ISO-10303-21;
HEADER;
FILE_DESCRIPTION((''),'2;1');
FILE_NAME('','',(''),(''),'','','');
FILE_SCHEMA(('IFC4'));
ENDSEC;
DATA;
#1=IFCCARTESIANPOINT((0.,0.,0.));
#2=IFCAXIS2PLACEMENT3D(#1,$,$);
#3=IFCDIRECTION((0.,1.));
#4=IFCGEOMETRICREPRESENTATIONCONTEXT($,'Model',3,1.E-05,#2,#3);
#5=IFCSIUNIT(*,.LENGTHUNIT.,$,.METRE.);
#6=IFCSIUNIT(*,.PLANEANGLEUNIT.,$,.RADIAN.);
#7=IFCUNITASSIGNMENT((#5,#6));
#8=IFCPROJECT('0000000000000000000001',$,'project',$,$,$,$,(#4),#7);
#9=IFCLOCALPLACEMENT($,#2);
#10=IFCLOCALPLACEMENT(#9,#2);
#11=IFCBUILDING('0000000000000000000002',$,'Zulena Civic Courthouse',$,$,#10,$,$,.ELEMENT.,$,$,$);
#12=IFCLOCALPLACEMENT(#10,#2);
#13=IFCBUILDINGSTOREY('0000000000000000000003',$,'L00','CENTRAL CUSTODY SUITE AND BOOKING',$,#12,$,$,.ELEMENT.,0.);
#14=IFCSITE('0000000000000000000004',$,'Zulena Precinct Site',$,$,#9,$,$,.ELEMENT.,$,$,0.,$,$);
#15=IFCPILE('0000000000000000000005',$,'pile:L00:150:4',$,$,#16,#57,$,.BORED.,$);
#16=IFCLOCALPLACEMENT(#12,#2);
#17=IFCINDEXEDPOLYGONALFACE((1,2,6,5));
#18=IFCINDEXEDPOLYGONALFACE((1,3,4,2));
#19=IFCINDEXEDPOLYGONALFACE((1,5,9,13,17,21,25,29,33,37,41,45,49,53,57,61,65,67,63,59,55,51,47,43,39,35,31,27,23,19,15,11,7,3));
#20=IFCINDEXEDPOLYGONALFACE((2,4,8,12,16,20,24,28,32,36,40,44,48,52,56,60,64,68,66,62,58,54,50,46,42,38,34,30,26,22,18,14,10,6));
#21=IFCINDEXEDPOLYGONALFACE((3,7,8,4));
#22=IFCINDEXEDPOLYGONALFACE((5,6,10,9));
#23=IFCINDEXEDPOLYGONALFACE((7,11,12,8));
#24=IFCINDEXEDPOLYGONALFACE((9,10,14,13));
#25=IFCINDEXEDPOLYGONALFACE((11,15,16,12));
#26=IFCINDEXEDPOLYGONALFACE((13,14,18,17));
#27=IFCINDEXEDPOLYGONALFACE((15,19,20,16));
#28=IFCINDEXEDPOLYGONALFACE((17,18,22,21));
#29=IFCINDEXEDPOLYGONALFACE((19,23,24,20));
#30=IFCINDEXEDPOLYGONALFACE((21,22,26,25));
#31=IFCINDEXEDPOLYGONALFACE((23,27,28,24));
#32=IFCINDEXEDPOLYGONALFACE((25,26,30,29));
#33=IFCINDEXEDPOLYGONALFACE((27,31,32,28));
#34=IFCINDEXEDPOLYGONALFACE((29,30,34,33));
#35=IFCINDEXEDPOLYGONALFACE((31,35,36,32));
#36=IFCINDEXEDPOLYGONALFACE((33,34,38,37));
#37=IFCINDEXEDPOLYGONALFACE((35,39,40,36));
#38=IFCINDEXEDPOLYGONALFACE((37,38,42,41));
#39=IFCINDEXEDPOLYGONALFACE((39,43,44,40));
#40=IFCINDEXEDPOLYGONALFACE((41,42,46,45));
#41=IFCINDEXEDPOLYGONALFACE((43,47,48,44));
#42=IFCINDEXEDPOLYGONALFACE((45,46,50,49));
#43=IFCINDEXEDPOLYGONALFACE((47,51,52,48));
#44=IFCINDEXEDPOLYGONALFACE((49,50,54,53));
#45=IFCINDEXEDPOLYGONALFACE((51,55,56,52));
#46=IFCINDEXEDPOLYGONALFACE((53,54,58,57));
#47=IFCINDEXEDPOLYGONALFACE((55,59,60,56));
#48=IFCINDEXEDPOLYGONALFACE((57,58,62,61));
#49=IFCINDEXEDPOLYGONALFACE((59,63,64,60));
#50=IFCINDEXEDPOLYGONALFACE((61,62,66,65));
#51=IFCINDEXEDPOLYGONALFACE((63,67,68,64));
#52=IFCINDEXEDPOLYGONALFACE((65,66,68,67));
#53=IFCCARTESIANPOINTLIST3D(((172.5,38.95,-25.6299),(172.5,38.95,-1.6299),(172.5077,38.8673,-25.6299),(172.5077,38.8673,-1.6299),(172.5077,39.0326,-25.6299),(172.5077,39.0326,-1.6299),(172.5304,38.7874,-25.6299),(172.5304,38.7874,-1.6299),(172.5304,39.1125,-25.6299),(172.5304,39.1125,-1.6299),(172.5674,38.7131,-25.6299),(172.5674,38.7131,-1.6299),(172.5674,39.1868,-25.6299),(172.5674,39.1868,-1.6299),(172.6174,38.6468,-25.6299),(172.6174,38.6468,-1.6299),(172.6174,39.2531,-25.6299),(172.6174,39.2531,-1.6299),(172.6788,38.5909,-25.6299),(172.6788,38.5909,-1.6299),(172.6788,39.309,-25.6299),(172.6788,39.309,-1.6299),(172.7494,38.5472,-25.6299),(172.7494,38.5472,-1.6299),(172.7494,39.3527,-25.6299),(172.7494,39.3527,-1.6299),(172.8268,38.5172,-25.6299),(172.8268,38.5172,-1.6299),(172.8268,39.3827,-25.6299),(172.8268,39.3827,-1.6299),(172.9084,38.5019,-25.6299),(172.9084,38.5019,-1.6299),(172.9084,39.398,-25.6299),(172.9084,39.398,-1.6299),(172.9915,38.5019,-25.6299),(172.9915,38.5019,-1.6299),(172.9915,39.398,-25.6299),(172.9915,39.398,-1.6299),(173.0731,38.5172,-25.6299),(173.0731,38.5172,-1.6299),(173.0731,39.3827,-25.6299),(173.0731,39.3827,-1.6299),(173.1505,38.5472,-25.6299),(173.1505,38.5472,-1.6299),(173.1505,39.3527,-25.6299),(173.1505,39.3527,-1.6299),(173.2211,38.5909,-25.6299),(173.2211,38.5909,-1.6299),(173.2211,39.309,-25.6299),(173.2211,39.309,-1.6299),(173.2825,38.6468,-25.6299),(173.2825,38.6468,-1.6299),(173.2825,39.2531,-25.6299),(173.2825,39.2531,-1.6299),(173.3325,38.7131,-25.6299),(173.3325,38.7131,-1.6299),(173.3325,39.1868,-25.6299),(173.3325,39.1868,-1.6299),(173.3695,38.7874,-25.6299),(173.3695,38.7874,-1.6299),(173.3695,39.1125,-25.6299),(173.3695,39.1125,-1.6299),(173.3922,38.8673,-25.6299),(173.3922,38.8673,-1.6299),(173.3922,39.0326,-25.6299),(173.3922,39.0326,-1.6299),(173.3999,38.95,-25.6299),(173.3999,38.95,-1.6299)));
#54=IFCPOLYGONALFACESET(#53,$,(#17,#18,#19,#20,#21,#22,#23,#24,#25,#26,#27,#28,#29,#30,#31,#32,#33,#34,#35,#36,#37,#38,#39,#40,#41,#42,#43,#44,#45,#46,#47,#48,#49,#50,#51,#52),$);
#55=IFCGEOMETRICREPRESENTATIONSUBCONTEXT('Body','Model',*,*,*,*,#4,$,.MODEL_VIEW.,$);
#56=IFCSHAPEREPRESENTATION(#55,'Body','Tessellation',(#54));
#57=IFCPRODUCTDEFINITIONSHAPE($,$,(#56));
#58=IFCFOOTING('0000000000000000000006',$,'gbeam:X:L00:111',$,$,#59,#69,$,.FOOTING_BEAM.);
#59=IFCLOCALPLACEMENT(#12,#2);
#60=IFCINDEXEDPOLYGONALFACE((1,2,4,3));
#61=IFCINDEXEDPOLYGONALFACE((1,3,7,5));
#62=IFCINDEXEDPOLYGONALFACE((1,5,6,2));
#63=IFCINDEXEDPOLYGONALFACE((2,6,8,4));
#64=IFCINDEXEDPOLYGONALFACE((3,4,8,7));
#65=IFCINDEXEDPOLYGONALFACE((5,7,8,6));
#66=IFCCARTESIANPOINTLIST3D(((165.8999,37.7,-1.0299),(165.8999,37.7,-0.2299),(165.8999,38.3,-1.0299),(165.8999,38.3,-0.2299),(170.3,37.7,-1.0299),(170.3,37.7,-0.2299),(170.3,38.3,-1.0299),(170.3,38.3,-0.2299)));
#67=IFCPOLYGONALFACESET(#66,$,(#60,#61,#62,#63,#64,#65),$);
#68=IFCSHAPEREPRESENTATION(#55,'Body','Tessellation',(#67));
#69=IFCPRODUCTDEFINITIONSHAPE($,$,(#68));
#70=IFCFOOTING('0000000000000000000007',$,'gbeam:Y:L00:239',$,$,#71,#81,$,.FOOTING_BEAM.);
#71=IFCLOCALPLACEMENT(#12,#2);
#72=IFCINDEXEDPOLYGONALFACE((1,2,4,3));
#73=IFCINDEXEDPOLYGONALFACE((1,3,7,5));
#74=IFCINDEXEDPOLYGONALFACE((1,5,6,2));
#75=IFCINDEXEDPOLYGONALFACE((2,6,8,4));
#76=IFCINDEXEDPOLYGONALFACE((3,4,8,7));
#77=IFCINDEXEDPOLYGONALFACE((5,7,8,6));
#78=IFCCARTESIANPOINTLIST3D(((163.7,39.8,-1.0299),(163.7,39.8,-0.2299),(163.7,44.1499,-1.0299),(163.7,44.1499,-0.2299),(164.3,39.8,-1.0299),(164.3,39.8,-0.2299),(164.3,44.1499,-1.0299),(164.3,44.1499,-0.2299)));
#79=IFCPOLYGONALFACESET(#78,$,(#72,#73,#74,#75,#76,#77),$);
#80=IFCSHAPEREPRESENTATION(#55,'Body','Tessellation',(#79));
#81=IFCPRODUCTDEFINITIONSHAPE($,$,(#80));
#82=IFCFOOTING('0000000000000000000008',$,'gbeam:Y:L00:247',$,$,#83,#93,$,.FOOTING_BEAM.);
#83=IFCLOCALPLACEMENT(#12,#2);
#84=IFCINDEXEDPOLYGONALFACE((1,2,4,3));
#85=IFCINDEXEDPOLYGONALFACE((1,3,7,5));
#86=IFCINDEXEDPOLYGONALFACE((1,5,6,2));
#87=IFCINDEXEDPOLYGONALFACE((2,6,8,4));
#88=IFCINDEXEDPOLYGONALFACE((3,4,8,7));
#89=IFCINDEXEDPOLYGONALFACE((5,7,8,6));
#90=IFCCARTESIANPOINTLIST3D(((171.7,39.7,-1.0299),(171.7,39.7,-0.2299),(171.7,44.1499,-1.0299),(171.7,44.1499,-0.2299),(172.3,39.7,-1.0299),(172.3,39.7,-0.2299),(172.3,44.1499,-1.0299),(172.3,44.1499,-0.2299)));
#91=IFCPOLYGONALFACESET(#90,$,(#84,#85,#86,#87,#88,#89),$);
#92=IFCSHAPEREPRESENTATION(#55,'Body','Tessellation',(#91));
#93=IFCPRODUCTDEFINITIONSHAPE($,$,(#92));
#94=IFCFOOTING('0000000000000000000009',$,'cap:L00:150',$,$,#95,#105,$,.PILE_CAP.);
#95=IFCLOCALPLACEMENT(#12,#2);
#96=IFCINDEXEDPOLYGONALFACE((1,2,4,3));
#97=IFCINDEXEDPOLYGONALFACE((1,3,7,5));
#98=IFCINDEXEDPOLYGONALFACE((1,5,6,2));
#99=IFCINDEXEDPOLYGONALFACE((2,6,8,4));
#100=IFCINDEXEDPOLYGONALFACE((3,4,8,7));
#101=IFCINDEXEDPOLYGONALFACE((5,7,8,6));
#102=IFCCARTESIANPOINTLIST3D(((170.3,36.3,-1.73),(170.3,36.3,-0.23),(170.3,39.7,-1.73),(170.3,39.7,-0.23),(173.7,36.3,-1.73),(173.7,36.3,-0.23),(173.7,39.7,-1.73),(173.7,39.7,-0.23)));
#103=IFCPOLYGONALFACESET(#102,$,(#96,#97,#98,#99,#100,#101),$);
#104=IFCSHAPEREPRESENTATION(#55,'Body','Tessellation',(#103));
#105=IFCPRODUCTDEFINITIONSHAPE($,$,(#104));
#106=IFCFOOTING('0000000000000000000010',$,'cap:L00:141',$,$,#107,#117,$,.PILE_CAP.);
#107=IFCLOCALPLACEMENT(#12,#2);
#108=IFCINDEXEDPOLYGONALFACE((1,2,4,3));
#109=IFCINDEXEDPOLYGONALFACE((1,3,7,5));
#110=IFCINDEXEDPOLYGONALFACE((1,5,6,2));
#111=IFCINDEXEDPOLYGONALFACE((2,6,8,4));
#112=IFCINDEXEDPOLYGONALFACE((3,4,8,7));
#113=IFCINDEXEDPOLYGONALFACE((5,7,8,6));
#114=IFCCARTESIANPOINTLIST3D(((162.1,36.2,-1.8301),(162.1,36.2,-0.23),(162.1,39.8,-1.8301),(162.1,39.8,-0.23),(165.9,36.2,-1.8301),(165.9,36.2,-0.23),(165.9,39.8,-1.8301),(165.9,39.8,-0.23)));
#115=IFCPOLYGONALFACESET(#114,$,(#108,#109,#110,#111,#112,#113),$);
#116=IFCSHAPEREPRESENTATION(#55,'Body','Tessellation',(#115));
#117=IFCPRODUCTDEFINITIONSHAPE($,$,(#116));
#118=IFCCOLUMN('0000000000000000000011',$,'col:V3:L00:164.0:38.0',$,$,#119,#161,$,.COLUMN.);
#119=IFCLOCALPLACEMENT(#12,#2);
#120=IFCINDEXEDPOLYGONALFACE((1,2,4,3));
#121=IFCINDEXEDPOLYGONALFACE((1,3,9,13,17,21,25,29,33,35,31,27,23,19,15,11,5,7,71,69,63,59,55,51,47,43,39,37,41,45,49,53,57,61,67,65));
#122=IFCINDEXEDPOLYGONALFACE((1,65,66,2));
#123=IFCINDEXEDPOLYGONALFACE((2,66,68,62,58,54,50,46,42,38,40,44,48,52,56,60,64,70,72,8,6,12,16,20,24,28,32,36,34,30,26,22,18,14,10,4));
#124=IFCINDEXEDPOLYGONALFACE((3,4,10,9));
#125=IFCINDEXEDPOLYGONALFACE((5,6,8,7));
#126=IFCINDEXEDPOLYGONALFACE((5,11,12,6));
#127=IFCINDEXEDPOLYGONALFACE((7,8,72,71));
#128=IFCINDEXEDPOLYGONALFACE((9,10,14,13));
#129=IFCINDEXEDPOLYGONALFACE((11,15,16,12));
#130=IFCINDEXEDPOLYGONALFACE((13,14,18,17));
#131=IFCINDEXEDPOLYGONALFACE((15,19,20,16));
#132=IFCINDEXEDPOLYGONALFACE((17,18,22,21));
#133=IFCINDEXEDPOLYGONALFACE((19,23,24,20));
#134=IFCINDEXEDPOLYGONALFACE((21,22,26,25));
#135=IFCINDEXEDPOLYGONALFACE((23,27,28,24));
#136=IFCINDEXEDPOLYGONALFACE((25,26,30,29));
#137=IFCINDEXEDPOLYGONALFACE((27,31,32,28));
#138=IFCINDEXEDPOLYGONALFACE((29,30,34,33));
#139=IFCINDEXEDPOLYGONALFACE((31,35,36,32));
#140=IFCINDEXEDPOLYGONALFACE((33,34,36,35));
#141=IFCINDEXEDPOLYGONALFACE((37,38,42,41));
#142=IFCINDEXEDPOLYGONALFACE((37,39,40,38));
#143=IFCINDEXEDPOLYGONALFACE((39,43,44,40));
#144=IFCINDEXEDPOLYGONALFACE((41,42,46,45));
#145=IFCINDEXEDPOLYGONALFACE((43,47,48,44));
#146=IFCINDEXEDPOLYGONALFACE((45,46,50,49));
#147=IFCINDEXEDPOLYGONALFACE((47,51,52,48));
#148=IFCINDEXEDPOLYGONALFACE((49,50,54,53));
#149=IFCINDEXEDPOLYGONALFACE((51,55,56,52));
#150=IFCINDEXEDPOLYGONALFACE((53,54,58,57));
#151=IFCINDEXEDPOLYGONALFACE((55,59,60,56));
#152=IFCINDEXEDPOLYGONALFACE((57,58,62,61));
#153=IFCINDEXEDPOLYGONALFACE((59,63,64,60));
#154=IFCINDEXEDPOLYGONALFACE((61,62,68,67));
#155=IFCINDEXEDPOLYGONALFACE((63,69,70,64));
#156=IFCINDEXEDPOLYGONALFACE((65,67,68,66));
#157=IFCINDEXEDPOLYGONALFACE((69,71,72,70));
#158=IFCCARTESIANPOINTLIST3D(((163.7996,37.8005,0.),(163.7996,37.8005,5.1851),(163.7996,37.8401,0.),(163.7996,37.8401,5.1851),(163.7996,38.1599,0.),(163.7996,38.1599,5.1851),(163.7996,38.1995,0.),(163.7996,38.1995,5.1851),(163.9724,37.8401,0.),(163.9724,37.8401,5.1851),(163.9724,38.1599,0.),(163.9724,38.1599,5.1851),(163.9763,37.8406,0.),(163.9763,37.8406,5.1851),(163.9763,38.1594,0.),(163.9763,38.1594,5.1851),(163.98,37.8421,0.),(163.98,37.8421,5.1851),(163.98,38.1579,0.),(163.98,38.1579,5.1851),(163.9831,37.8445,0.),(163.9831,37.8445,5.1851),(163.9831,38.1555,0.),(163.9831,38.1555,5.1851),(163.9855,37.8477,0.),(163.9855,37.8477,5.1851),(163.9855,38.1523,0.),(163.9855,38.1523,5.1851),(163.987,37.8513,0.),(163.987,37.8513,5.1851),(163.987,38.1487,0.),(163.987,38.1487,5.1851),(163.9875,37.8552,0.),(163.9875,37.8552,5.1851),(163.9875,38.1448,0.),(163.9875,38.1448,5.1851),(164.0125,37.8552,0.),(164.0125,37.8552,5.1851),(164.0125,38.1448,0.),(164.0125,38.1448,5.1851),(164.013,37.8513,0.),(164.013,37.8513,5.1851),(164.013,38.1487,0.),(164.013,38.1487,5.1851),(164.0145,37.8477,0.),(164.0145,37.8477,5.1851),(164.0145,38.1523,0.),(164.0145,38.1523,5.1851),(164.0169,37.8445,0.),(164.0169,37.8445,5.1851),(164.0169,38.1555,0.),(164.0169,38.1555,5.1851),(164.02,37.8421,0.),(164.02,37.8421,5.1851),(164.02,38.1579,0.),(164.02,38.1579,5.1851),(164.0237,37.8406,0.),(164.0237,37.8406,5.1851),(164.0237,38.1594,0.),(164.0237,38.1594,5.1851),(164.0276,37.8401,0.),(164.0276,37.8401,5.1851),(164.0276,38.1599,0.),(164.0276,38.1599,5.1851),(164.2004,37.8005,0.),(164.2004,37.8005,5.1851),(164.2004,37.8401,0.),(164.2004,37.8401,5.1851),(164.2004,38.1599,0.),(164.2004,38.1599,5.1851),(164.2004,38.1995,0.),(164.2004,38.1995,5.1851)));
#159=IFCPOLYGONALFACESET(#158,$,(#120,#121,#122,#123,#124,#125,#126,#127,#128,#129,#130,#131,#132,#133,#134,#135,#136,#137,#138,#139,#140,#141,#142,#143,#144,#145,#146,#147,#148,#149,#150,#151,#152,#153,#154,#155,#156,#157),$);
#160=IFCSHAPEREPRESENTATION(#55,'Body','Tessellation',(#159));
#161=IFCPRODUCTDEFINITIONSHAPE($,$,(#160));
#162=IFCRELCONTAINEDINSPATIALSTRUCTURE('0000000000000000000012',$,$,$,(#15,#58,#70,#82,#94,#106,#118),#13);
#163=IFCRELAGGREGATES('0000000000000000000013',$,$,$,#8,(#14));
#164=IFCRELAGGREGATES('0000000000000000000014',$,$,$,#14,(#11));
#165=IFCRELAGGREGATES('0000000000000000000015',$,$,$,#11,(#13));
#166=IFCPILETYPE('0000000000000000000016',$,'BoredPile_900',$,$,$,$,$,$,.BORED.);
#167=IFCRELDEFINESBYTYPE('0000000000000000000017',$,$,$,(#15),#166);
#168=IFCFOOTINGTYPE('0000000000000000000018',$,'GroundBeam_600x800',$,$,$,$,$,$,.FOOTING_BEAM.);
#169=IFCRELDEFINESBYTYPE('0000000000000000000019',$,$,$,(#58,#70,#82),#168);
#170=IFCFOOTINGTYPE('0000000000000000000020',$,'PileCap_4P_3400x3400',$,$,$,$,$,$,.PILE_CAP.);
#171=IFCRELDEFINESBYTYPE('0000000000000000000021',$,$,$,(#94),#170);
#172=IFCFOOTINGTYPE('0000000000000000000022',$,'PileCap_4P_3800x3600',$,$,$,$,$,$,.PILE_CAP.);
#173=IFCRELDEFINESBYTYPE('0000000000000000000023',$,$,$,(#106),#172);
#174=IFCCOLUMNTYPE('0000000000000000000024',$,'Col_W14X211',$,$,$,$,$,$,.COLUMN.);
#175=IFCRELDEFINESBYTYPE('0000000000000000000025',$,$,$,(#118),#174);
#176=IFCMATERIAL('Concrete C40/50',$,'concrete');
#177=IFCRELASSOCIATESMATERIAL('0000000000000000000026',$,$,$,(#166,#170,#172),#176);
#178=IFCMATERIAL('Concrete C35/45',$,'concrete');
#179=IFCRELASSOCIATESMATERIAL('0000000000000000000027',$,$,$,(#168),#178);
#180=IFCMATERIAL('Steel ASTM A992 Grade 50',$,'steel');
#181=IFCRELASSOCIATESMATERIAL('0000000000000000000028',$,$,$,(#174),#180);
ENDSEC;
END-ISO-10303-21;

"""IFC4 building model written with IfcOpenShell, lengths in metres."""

from ifc_helpers import new_model, si_unit, direction, frame, origin, origin_2d, place, context, subcontext, project, spatial, rectangle, circle, i_section, extrude, material, material_profile, profile_set, type_object, element, save


model = new_model("IFC4")

# Units and contexts
model_context = context("Model", 3, precision=1e-05, world=origin(), true_north=direction((0.0, 1.0)))
body_context = subcontext(model_context, "Body", "Model", "MODEL_VIEW")
ifc_project = project(units=[si_unit("LENGTHUNIT", "METRE"), si_unit("PLANEANGLEUNIT", "RADIAN")], contexts=[model_context])

# Site, building, storey
site_placement = place(None, origin())
site = spatial("IfcSite", under=ifc_project, at=site_placement, Name="Zulena Precinct Site", CompositionType="ELEMENT", RefElevation=0.0)
building_placement = place(site_placement, origin())
building = spatial("IfcBuilding", under=site, at=building_placement, Name="Zulena Civic Courthouse", CompositionType="ELEMENT")
storey_placement = place(building_placement, origin())
storey = spatial("IfcBuildingStorey", under=building, at=storey_placement, Name="L00", Description="CENTRAL CUSTODY SUITE AND BOOKING", CompositionType="ELEMENT", Elevation=0.0)

# Pile
ifc_material_1 = material(Name="Concrete C40/50", Category="concrete")
ifc_material_profile_1 = material_profile(ifc_material_1, circle(Radius=0.45, at=origin_2d()), Name="PILE900")
ifc_profile_set_1 = profile_set([ifc_material_profile_1], Name="Concrete C40/50")
pile_type = type_object("IfcPileType", Name="BoredPile_900", PredefinedType="BORED", material=ifc_profile_set_1)
for number, where, z_axis, x_axis, name in (
    (1, (172.95, 38.95, -1.6299), (0.0, 0.0, -1.0), (1.0, 0.0, 0.0), "pile:L00:150:4"),
):
    element("IfcPile", number, at=place(storey_placement, frame(where, z_axis=z_axis, x_axis=x_axis)), inside=storey, type_object=pile_type, Name=name, PredefinedType="BORED", context=body_context, shape_type="SweptSolid", body=[
        extrude(circle(Radius=0.45, at=origin_2d()), origin(), (0.0, 0.0, 1.0), 24.0),
    ])

# Footings
ifc_material_2 = material(Name="Concrete C35/45", Category="concrete")
ifc_material_profile_2 = material_profile(ifc_material_2, rectangle(XDim=0.6001, YDim=0.8, at=origin_2d()), Name="RC600X800")
ifc_profile_set_2 = profile_set([ifc_material_profile_2], Name="Concrete C35/45")
footing_type_1 = type_object("IfcFootingType", Name="GroundBeam_600x800", PredefinedType="FOOTING_BEAM", material=ifc_profile_set_2)
footing_1_placement = place(storey_placement, frame((165.8999, 38.0, -0.6299), z_axis=(1.0, 0.0, 0.0), x_axis=(0.0, 1.0, 0.0)))
element("IfcFooting", 2, at=footing_1_placement, inside=storey, type_object=footing_type_1, Name="gbeam:X:L00:111", PredefinedType="FOOTING_BEAM", context=body_context, shape_type="SweptSolid", body=[
    extrude(rectangle(XDim=0.6001, YDim=0.8, at=origin_2d()), origin(), (0.0, 0.0, 1.0), 4.4001),
])
footing_2_placement = place(storey_placement, frame((164.0, 39.8, -0.6299), z_axis=(0.0, 1.0, 0.0), x_axis=(-1.0, 0.0, 0.0)))
element("IfcFooting", 3, at=footing_2_placement, inside=storey, type_object=footing_type_1, Name="gbeam:Y:L00:239", PredefinedType="FOOTING_BEAM", context=body_context, shape_type="SweptSolid", body=[
    extrude(rectangle(XDim=0.6001, YDim=0.8, at=origin_2d()), origin(), (0.0, 0.0, 1.0), 4.3499),
])
footing_3_placement = place(storey_placement, frame((172.0, 39.7, -0.6299), z_axis=(0.0, 1.0, 0.0), x_axis=(-1.0, 0.0, 0.0)))
element("IfcFooting", 4, at=footing_3_placement, inside=storey, type_object=footing_type_1, Name="gbeam:Y:L00:247", PredefinedType="FOOTING_BEAM", context=body_context, shape_type="SweptSolid", body=[
    extrude(rectangle(XDim=0.6001, YDim=0.8, at=origin_2d()), origin(), (0.0, 0.0, 1.0), 4.45),
])
footing_type_2 = type_object("IfcFootingType", Name="PileCap_4P_3400x3400", PredefinedType="PILE_CAP", material=ifc_material_1)
footing_4_placement = place(storey_placement, frame((172.0, 38.0, -1.73), z_axis=(0.0, 0.0, 1.0), x_axis=(1.0, 0.0, 0.0)))
element("IfcFooting", 5, at=footing_4_placement, inside=storey, type_object=footing_type_2, Name="cap:L00:150", PredefinedType="PILE_CAP", context=body_context, shape_type="SweptSolid", body=[
    extrude(rectangle(XDim=3.3999, YDim=3.3999, at=origin_2d()), origin(), (0.0, 0.0, 1.0), 1.5),
])
footing_type_3 = type_object("IfcFootingType", Name="PileCap_4P_3800x3600", PredefinedType="PILE_CAP", material=ifc_material_1)
footing_5_placement = place(storey_placement, frame((164.0, 38.0, -1.8301), z_axis=(0.0, 0.0, 1.0), x_axis=(1.0, 0.0, 0.0)))
element("IfcFooting", 6, at=footing_5_placement, inside=storey, type_object=footing_type_3, Name="cap:L00:141", PredefinedType="PILE_CAP", context=body_context, shape_type="SweptSolid", body=[
    extrude(rectangle(XDim=3.8, YDim=3.6001, at=origin_2d()), origin(), (0.0, 0.0, 1.0), 1.6001),
])

# Column
ifc_material_3 = material(Name="Steel ASTM A992 Grade 50", Category="steel")
ifc_material_profile_3 = material_profile(ifc_material_3, i_section(OverallWidth=0.4009, OverallDepth=0.3989, WebThickness=0.0249, FlangeThickness=0.0396, FilletRadius=0.0151, at=origin_2d()), Name="W14X211")
ifc_profile_set_3 = profile_set([ifc_material_profile_3], Name="Steel ASTM A992 Grade 50")
column_type_1 = type_object("IfcColumnType", Name="Col_W14X211", PredefinedType="COLUMN", material=ifc_profile_set_3)
column_1_placement = place(storey_placement, frame((164.0, 38.0, 0.0), z_axis=(0.0, 0.0, 1.0), x_axis=(1.0, 0.0, 0.0)))
element("IfcColumn", 7, at=column_1_placement, inside=storey, type_object=column_type_1, Name="col:V3:L00:164.0:38.0", PredefinedType="COLUMN", context=body_context, shape_type="SweptSolid", body=[
    extrude(i_section(OverallWidth=0.4009, OverallDepth=0.3989, WebThickness=0.0249, FlangeThickness=0.0396, FilletRadius=0.0151, at=origin_2d()), origin(), (0.0, 0.0, 1.0), 5.1851),
])

save(model, "model.ifc")
